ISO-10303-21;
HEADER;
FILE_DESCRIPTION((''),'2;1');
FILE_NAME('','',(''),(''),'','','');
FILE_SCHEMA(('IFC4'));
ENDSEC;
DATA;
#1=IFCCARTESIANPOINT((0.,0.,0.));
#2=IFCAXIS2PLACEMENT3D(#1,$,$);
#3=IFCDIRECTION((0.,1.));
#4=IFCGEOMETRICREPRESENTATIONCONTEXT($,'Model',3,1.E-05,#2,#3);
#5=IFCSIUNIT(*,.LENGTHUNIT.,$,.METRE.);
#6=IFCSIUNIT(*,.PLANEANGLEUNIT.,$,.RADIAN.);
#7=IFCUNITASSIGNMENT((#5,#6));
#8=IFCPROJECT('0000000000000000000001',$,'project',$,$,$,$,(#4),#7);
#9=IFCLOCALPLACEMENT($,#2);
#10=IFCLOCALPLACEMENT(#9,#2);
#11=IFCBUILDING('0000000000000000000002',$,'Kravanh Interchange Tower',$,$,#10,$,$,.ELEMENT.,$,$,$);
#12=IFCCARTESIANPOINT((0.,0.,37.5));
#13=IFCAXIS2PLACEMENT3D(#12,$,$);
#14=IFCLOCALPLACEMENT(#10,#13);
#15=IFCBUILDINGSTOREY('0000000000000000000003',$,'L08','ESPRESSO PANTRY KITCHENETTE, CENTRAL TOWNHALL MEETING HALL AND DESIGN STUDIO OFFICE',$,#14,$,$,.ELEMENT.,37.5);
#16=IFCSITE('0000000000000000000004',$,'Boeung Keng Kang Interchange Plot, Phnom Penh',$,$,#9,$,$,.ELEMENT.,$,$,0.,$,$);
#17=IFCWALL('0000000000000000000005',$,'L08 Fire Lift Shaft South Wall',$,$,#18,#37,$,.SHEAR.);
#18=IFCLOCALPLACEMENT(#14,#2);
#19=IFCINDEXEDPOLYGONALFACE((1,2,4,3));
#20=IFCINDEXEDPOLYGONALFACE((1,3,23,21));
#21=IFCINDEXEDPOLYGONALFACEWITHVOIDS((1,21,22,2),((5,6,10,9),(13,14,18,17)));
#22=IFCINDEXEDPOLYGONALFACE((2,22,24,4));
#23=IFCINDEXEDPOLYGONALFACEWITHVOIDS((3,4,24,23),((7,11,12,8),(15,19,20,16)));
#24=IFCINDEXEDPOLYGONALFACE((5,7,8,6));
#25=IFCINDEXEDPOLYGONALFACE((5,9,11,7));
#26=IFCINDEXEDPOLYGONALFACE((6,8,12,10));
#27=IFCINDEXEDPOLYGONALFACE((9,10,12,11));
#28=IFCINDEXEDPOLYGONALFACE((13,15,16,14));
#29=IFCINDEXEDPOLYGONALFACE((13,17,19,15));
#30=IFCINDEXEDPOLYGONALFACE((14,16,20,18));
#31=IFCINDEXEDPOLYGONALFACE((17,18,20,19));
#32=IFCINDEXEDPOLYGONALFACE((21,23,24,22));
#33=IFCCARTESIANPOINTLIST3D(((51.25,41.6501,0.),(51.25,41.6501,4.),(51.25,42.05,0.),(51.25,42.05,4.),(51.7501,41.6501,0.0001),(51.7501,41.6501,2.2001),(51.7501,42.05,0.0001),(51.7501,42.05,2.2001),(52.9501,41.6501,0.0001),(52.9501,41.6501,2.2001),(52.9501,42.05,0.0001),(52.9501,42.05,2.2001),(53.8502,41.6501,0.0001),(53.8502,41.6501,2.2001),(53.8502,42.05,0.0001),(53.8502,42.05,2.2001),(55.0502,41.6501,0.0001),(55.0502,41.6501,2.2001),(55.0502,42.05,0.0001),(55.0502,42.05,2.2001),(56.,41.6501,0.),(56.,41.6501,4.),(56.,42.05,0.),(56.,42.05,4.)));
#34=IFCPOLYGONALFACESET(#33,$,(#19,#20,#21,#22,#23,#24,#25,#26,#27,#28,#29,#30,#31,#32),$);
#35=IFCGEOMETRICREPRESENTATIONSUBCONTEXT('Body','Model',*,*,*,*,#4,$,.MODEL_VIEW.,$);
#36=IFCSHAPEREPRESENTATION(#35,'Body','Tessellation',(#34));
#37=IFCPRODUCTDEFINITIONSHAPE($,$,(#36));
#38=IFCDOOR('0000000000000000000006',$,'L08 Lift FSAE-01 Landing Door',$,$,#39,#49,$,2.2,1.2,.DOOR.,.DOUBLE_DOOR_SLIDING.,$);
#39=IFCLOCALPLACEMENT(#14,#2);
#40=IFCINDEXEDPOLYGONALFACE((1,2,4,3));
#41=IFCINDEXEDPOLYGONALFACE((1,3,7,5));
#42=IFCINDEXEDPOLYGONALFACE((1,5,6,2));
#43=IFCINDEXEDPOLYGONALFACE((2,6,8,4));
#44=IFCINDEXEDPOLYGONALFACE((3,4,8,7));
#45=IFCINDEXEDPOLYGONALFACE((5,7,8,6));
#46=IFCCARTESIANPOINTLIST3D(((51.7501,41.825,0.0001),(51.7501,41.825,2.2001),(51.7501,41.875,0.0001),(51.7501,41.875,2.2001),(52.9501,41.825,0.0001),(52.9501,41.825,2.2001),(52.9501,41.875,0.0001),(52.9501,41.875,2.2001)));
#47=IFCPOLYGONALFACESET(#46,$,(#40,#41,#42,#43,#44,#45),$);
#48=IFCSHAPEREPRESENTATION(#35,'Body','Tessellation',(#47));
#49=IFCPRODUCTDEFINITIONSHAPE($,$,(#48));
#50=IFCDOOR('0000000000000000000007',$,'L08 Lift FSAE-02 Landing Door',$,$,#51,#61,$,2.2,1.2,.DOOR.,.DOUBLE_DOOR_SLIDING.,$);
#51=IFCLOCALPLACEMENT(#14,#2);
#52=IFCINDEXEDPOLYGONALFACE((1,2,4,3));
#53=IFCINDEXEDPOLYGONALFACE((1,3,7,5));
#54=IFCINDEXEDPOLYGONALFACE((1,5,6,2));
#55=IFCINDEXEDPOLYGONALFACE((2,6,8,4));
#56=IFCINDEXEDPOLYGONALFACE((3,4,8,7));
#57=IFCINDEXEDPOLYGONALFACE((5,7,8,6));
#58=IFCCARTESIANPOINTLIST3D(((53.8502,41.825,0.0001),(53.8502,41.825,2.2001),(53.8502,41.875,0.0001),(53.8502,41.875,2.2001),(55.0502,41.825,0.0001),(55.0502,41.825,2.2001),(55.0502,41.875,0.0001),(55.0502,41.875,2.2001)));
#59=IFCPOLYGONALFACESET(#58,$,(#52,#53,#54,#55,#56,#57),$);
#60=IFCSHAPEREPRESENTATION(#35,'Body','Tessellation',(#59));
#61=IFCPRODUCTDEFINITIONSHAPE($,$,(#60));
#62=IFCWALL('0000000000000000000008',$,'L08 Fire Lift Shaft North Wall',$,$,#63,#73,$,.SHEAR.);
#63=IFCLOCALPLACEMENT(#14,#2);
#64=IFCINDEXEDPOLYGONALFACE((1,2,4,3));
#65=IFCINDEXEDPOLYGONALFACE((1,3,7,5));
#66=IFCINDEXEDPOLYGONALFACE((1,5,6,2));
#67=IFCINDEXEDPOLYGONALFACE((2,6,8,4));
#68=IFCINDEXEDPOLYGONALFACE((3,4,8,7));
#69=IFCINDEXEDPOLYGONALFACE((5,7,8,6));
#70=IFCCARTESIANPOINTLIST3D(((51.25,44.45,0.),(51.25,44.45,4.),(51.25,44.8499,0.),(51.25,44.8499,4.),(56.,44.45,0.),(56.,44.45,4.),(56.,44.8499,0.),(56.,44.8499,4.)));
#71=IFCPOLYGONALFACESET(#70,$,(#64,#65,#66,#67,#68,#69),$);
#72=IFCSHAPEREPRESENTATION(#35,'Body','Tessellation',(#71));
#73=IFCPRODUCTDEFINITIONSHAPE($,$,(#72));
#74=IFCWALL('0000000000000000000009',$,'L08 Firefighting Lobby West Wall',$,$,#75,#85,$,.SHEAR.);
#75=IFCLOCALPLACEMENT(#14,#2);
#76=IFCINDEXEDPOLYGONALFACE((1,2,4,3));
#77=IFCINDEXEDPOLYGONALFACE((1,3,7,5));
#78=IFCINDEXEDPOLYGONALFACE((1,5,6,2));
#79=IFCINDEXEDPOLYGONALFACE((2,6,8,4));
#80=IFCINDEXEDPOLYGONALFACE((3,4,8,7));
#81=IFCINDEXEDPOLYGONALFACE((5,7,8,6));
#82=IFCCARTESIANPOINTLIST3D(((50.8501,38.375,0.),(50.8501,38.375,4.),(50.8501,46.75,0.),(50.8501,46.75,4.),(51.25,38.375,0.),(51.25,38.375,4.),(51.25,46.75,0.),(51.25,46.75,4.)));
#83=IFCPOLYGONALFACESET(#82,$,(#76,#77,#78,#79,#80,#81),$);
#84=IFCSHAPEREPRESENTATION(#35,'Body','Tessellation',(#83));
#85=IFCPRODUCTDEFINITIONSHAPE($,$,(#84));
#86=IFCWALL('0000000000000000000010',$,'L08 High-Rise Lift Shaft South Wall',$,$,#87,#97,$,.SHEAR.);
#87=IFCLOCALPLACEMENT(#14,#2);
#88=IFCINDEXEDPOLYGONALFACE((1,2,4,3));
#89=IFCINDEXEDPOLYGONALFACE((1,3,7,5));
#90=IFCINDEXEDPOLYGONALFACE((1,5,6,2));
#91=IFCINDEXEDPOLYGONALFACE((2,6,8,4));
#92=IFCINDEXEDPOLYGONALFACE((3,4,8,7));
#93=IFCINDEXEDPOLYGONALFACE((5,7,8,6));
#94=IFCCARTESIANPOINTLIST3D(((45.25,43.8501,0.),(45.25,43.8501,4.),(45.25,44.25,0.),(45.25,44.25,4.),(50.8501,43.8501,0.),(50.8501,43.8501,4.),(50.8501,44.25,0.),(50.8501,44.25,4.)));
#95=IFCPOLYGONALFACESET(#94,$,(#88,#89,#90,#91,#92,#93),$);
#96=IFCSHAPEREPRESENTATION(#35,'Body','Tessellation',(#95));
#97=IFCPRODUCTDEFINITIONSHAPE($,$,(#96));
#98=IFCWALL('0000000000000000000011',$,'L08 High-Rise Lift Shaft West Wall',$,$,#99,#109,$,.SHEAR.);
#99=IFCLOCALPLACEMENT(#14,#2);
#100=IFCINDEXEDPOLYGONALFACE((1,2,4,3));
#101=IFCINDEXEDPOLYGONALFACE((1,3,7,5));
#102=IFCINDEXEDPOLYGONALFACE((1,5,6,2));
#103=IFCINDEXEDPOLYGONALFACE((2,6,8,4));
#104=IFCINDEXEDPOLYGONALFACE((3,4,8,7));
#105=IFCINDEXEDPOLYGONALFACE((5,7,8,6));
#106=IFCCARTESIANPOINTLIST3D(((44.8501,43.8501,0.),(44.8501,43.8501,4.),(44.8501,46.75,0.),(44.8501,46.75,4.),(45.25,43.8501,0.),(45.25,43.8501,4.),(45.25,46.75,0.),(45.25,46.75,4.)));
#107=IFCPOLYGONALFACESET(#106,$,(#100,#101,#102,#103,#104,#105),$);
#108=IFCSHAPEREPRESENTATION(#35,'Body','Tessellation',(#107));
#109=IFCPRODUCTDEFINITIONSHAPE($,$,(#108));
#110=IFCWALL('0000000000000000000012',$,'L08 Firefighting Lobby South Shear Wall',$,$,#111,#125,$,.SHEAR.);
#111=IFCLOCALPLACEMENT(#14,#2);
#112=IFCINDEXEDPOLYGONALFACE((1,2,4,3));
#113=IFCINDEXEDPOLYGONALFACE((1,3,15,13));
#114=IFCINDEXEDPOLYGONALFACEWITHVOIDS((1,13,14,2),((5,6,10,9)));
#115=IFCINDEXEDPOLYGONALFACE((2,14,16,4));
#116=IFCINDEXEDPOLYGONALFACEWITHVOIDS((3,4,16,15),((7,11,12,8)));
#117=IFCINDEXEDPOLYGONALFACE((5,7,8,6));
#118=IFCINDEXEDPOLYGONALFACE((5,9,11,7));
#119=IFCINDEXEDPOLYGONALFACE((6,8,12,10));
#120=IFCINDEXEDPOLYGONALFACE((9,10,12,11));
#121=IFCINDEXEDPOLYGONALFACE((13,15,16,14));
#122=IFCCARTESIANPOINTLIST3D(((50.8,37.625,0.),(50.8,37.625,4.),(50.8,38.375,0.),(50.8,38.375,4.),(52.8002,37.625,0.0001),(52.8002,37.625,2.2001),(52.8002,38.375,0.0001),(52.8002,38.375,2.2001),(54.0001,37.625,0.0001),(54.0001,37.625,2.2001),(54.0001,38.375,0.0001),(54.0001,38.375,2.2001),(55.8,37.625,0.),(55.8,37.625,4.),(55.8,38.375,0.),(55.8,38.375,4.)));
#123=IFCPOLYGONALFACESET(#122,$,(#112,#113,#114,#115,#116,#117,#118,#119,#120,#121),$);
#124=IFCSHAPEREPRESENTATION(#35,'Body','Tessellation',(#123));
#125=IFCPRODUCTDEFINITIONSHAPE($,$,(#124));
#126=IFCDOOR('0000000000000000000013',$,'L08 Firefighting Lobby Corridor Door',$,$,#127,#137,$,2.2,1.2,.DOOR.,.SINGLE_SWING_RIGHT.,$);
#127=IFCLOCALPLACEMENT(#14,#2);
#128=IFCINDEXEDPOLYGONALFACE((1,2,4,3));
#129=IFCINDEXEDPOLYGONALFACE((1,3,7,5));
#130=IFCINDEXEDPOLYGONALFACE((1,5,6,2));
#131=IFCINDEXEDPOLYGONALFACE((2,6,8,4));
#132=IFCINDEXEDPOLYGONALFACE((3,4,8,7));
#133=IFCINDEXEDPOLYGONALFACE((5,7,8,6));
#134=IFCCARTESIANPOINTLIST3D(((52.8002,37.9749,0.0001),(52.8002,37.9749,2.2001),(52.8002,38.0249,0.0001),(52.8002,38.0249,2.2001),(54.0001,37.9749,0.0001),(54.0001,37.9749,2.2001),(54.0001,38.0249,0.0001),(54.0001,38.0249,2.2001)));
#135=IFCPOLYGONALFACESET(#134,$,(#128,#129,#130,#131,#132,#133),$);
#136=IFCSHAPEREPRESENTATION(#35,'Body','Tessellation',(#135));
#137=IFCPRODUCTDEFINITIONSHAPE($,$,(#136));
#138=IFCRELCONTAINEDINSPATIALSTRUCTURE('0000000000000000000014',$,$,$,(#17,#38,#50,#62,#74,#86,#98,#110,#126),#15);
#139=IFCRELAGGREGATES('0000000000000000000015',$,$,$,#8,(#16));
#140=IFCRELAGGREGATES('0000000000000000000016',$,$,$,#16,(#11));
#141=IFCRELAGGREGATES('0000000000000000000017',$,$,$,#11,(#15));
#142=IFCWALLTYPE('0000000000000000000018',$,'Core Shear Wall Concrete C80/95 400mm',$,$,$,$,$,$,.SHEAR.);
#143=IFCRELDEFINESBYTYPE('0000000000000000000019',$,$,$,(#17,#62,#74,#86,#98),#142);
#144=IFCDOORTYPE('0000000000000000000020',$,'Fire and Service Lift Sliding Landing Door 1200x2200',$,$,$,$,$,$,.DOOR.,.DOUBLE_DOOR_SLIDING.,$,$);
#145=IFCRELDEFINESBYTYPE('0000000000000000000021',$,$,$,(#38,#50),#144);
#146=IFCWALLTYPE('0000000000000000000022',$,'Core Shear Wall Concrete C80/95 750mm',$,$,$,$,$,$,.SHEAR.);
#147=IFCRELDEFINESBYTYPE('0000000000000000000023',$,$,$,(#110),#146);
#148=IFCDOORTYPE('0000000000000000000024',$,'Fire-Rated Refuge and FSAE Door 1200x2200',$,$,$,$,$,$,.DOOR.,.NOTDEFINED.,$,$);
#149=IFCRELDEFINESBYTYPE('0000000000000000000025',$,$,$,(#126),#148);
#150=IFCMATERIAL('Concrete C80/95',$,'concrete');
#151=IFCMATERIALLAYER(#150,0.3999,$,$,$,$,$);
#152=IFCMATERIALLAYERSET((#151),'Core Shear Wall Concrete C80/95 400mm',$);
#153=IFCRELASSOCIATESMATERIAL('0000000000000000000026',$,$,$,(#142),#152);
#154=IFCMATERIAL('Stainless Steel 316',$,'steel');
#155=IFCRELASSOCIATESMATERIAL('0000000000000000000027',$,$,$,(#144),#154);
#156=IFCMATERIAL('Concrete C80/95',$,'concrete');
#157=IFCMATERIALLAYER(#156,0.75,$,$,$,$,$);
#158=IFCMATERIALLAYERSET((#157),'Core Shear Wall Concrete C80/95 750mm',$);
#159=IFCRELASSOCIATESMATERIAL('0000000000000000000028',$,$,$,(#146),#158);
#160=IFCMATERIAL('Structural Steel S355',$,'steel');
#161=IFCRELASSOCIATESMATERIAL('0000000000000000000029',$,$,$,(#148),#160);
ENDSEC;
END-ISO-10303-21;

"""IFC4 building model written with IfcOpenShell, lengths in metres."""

from ifc_helpers import new_model, si_unit, direction, frame, frame_2d, origin, place, context, subcontext, project, spatial, rectangle, extrude, material, layer, layer_set, type_object, element, fill, save


model = new_model("IFC4")

# Units and contexts
model_context = context("Model", 3, precision=1e-05, world=origin(), true_north=direction((0.0, 1.0)))
body_context = subcontext(model_context, "Body", "Model", "MODEL_VIEW")
ifc_project = project(units=[si_unit("LENGTHUNIT", "METRE"), si_unit("PLANEANGLEUNIT", "RADIAN")], contexts=[model_context])

# Site, building, storey
site_placement = place(None, origin())
site = spatial("IfcSite", under=ifc_project, at=site_placement, Name="Boeung Keng Kang Interchange Plot, Phnom Penh", CompositionType="ELEMENT", RefElevation=0.0)
building_placement = place(site_placement, origin())
building = spatial("IfcBuilding", under=site, at=building_placement, Name="Kravanh Interchange Tower", CompositionType="ELEMENT")
storey_placement = place(building_placement, frame((0.0, 0.0, 37.5)))
storey = spatial("IfcBuildingStorey", under=building, at=storey_placement, Name="L08", Description="ESPRESSO PANTRY KITCHENETTE, CENTRAL TOWNHALL MEETING HALL AND DESIGN STUDIO OFFICE", CompositionType="ELEMENT", Elevation=37.5)

# Wall, openings, doors
ifc_material_1 = material(Name="Concrete C80/95", Category="concrete")
ifc_layer_1 = layer(ifc_material_1, 0.3999)
ifc_layer_set_1 = layer_set([ifc_layer_1], Name="Core Shear Wall Concrete C80/95 400mm")
wall_type_1 = type_object("IfcWallType", Name="Core Shear Wall Concrete C80/95 400mm", PredefinedType="SHEAR", material=ifc_layer_set_1)
wall_1_placement = place(storey_placement, frame((51.25, 41.8501, 0.0), z_axis=(0.0, 0.0, 1.0), x_axis=(1.0, 0.0, 0.0)))
wall_1 = element("IfcWall", 1, at=wall_1_placement, inside=storey, type_object=wall_type_1, Name="L08 Fire Lift Shaft South Wall", PredefinedType="SHEAR", context=body_context, shape_type="SweptSolid", body=[
    extrude(rectangle(XDim=4.75, YDim=0.3999, at=frame_2d((2.375, 0.0))), origin(), (0.0, 0.0, 1.0), 4.0),
])
opening_1_placement = place(wall_1_placement, frame((0.5, 0.0, 0.0)))
opening_1 = element("IfcOpeningElement", 2, at=opening_1_placement, cuts=wall_1, PredefinedType="OPENING", context=body_context, shape_type="SweptSolid", body=[
    extrude(rectangle(XDim=1.2, YDim=2.2, at=frame_2d((0.6001, 1.1001))), frame((0.0, 0.21, 0.0), z_axis=(0.0, -1.0, 0.0), x_axis=(1.0, 0.0, 0.0)), (0.0, 0.0, 1.0), 0.4199),
])
opening_2_placement = place(wall_1_placement, frame((2.6001, 0.0, 0.0)))
opening_2 = element("IfcOpeningElement", 3, at=opening_2_placement, cuts=wall_1, PredefinedType="OPENING", context=body_context, shape_type="SweptSolid", body=[
    extrude(rectangle(XDim=1.2, YDim=2.2, at=frame_2d((0.6001, 1.1001))), frame((0.0, 0.21, 0.0), z_axis=(0.0, -1.0, 0.0), x_axis=(1.0, 0.0, 0.0)), (0.0, 0.0, 1.0), 0.4199),
])
ifc_material_2 = material(Name="Stainless Steel 316", Category="steel")
door_type_1 = type_object("IfcDoorType", Name="Fire and Service Lift Sliding Landing Door 1200x2200", OperationType="DOUBLE_DOOR_SLIDING", PredefinedType="DOOR", material=ifc_material_2)
door_1_placement = place(opening_1_placement, origin())
door_1 = element("IfcDoor", 4, at=door_1_placement, inside=storey, type_object=door_type_1, Name="L08 Lift FSAE-01 Landing Door", OperationType="DOUBLE_DOOR_SLIDING", OverallHeight=2.2, OverallWidth=1.2, PredefinedType="DOOR", context=body_context, shape_type="SweptSolid", body=[
    extrude(rectangle(XDim=1.2, YDim=2.2, at=frame_2d((0.6001, 1.1001))), frame((0.0, 0.0249, 0.0), z_axis=(0.0, -1.0, 0.0), x_axis=(1.0, 0.0, 0.0)), (0.0, 0.0, 1.0), 0.05),
])
fill(opening_1, door_1)
door_2_placement = place(opening_2_placement, origin())
door_2 = element("IfcDoor", 5, at=door_2_placement, inside=storey, type_object=door_type_1, Name="L08 Lift FSAE-02 Landing Door", OperationType="DOUBLE_DOOR_SLIDING", OverallHeight=2.2, OverallWidth=1.2, PredefinedType="DOOR", context=body_context, shape_type="SweptSolid", body=[
    extrude(rectangle(XDim=1.2, YDim=2.2, at=frame_2d((0.6001, 1.1001))), frame((0.0, 0.0249, 0.0), z_axis=(0.0, -1.0, 0.0), x_axis=(1.0, 0.0, 0.0)), (0.0, 0.0, 1.0), 0.05),
])
fill(opening_2, door_2)

# Walls
wall_2_placement = place(storey_placement, frame((51.25, 44.6499, 0.0), z_axis=(0.0, 0.0, 1.0), x_axis=(1.0, 0.0, 0.0)))
element("IfcWall", 6, at=wall_2_placement, inside=storey, type_object=wall_type_1, Name="L08 Fire Lift Shaft North Wall", PredefinedType="SHEAR", context=body_context, shape_type="SweptSolid", body=[
    extrude(rectangle(XDim=4.75, YDim=0.3999, at=frame_2d((2.375, 0.0))), origin(), (0.0, 0.0, 1.0), 4.0),
])
wall_3_placement = place(storey_placement, frame((51.05, 38.375, 0.0), z_axis=(0.0, 0.0, 1.0), x_axis=(0.0, 1.0, 0.0)))
element("IfcWall", 7, at=wall_3_placement, inside=storey, type_object=wall_type_1, Name="L08 Firefighting Lobby West Wall", PredefinedType="SHEAR", context=body_context, shape_type="SweptSolid", body=[
    extrude(rectangle(XDim=8.375, YDim=0.3999, at=frame_2d((4.1875, 0.0))), origin(), (0.0, 0.0, 1.0), 4.0),
])
wall_4_placement = place(storey_placement, frame((45.25, 44.05, 0.0), z_axis=(0.0, 0.0, 1.0), x_axis=(1.0, 0.0, 0.0)))
element("IfcWall", 8, at=wall_4_placement, inside=storey, type_object=wall_type_1, Name="L08 High-Rise Lift Shaft South Wall", PredefinedType="SHEAR", context=body_context, shape_type="SweptSolid", body=[
    extrude(rectangle(XDim=5.6001, YDim=0.3999, at=frame_2d((2.8, 0.0))), origin(), (0.0, 0.0, 1.0), 4.0),
])
wall_5_placement = place(storey_placement, frame((45.05, 43.8501, 0.0), z_axis=(0.0, 0.0, 1.0), x_axis=(0.0, 1.0, 0.0)))
element("IfcWall", 9, at=wall_5_placement, inside=storey, type_object=wall_type_1, Name="L08 High-Rise Lift Shaft West Wall", PredefinedType="SHEAR", context=body_context, shape_type="SweptSolid", body=[
    extrude(rectangle(XDim=2.8999, YDim=0.3999, at=frame_2d((1.45, 0.0))), origin(), (0.0, 0.0, 1.0), 4.0),
])

# Shared definitions
ifc_material_3 = material(Name="Concrete C80/95", Category="concrete")
ifc_layer_2 = layer(ifc_material_3, 0.75)
ifc_layer_set_2 = layer_set([ifc_layer_2], Name="Core Shear Wall Concrete C80/95 750mm")
wall_type_2 = type_object("IfcWallType", Name="Core Shear Wall Concrete C80/95 750mm", PredefinedType="SHEAR", material=ifc_layer_set_2)

# Wall, opening, door
wall_6_placement = place(storey_placement, frame((50.8, 38.0, 0.0), z_axis=(0.0, 0.0, 1.0), x_axis=(1.0, 0.0, 0.0)))
wall_6 = element("IfcWall", 10, at=wall_6_placement, inside=storey, type_object=wall_type_2, Name="L08 Firefighting Lobby South Shear Wall", PredefinedType="SHEAR", context=body_context, shape_type="SweptSolid", body=[
    extrude(rectangle(XDim=5.0, YDim=0.75, at=frame_2d((2.5, 0.0))), origin(), (0.0, 0.0, 1.0), 4.0),
])
opening_3_placement = place(wall_6_placement, frame((2.0, 0.0, 0.0)))
opening_3 = element("IfcOpeningElement", 11, at=opening_3_placement, cuts=wall_6, PredefinedType="OPENING", context=body_context, shape_type="SweptSolid", body=[
    extrude(rectangle(XDim=1.2, YDim=2.2, at=frame_2d((0.6001, 1.1001))), frame((0.0, 0.385, 0.0), z_axis=(0.0, -1.0, 0.0), x_axis=(1.0, 0.0, 0.0)), (0.0, 0.0, 1.0), 0.77),
])
ifc_material_4 = material(Name="Structural Steel S355", Category="steel")
door_type_2 = type_object("IfcDoorType", Name="Fire-Rated Refuge and FSAE Door 1200x2200", OperationType="NOTDEFINED", PredefinedType="DOOR", material=ifc_material_4)
door_3_placement = place(opening_3_placement, origin())
door_3 = element("IfcDoor", 12, at=door_3_placement, inside=storey, type_object=door_type_2, Name="L08 Firefighting Lobby Corridor Door", OperationType="SINGLE_SWING_RIGHT", OverallHeight=2.2, OverallWidth=1.2, PredefinedType="DOOR", context=body_context, shape_type="SweptSolid", body=[
    extrude(rectangle(XDim=1.2, YDim=2.2, at=frame_2d((0.6001, 1.1001))), frame((0.0, 0.0249, 0.0), z_axis=(0.0, -1.0, 0.0), x_axis=(1.0, 0.0, 0.0)), (0.0, 0.0, 1.0), 0.05),
])
fill(opening_3, door_3)

save(model, "model.ifc")
